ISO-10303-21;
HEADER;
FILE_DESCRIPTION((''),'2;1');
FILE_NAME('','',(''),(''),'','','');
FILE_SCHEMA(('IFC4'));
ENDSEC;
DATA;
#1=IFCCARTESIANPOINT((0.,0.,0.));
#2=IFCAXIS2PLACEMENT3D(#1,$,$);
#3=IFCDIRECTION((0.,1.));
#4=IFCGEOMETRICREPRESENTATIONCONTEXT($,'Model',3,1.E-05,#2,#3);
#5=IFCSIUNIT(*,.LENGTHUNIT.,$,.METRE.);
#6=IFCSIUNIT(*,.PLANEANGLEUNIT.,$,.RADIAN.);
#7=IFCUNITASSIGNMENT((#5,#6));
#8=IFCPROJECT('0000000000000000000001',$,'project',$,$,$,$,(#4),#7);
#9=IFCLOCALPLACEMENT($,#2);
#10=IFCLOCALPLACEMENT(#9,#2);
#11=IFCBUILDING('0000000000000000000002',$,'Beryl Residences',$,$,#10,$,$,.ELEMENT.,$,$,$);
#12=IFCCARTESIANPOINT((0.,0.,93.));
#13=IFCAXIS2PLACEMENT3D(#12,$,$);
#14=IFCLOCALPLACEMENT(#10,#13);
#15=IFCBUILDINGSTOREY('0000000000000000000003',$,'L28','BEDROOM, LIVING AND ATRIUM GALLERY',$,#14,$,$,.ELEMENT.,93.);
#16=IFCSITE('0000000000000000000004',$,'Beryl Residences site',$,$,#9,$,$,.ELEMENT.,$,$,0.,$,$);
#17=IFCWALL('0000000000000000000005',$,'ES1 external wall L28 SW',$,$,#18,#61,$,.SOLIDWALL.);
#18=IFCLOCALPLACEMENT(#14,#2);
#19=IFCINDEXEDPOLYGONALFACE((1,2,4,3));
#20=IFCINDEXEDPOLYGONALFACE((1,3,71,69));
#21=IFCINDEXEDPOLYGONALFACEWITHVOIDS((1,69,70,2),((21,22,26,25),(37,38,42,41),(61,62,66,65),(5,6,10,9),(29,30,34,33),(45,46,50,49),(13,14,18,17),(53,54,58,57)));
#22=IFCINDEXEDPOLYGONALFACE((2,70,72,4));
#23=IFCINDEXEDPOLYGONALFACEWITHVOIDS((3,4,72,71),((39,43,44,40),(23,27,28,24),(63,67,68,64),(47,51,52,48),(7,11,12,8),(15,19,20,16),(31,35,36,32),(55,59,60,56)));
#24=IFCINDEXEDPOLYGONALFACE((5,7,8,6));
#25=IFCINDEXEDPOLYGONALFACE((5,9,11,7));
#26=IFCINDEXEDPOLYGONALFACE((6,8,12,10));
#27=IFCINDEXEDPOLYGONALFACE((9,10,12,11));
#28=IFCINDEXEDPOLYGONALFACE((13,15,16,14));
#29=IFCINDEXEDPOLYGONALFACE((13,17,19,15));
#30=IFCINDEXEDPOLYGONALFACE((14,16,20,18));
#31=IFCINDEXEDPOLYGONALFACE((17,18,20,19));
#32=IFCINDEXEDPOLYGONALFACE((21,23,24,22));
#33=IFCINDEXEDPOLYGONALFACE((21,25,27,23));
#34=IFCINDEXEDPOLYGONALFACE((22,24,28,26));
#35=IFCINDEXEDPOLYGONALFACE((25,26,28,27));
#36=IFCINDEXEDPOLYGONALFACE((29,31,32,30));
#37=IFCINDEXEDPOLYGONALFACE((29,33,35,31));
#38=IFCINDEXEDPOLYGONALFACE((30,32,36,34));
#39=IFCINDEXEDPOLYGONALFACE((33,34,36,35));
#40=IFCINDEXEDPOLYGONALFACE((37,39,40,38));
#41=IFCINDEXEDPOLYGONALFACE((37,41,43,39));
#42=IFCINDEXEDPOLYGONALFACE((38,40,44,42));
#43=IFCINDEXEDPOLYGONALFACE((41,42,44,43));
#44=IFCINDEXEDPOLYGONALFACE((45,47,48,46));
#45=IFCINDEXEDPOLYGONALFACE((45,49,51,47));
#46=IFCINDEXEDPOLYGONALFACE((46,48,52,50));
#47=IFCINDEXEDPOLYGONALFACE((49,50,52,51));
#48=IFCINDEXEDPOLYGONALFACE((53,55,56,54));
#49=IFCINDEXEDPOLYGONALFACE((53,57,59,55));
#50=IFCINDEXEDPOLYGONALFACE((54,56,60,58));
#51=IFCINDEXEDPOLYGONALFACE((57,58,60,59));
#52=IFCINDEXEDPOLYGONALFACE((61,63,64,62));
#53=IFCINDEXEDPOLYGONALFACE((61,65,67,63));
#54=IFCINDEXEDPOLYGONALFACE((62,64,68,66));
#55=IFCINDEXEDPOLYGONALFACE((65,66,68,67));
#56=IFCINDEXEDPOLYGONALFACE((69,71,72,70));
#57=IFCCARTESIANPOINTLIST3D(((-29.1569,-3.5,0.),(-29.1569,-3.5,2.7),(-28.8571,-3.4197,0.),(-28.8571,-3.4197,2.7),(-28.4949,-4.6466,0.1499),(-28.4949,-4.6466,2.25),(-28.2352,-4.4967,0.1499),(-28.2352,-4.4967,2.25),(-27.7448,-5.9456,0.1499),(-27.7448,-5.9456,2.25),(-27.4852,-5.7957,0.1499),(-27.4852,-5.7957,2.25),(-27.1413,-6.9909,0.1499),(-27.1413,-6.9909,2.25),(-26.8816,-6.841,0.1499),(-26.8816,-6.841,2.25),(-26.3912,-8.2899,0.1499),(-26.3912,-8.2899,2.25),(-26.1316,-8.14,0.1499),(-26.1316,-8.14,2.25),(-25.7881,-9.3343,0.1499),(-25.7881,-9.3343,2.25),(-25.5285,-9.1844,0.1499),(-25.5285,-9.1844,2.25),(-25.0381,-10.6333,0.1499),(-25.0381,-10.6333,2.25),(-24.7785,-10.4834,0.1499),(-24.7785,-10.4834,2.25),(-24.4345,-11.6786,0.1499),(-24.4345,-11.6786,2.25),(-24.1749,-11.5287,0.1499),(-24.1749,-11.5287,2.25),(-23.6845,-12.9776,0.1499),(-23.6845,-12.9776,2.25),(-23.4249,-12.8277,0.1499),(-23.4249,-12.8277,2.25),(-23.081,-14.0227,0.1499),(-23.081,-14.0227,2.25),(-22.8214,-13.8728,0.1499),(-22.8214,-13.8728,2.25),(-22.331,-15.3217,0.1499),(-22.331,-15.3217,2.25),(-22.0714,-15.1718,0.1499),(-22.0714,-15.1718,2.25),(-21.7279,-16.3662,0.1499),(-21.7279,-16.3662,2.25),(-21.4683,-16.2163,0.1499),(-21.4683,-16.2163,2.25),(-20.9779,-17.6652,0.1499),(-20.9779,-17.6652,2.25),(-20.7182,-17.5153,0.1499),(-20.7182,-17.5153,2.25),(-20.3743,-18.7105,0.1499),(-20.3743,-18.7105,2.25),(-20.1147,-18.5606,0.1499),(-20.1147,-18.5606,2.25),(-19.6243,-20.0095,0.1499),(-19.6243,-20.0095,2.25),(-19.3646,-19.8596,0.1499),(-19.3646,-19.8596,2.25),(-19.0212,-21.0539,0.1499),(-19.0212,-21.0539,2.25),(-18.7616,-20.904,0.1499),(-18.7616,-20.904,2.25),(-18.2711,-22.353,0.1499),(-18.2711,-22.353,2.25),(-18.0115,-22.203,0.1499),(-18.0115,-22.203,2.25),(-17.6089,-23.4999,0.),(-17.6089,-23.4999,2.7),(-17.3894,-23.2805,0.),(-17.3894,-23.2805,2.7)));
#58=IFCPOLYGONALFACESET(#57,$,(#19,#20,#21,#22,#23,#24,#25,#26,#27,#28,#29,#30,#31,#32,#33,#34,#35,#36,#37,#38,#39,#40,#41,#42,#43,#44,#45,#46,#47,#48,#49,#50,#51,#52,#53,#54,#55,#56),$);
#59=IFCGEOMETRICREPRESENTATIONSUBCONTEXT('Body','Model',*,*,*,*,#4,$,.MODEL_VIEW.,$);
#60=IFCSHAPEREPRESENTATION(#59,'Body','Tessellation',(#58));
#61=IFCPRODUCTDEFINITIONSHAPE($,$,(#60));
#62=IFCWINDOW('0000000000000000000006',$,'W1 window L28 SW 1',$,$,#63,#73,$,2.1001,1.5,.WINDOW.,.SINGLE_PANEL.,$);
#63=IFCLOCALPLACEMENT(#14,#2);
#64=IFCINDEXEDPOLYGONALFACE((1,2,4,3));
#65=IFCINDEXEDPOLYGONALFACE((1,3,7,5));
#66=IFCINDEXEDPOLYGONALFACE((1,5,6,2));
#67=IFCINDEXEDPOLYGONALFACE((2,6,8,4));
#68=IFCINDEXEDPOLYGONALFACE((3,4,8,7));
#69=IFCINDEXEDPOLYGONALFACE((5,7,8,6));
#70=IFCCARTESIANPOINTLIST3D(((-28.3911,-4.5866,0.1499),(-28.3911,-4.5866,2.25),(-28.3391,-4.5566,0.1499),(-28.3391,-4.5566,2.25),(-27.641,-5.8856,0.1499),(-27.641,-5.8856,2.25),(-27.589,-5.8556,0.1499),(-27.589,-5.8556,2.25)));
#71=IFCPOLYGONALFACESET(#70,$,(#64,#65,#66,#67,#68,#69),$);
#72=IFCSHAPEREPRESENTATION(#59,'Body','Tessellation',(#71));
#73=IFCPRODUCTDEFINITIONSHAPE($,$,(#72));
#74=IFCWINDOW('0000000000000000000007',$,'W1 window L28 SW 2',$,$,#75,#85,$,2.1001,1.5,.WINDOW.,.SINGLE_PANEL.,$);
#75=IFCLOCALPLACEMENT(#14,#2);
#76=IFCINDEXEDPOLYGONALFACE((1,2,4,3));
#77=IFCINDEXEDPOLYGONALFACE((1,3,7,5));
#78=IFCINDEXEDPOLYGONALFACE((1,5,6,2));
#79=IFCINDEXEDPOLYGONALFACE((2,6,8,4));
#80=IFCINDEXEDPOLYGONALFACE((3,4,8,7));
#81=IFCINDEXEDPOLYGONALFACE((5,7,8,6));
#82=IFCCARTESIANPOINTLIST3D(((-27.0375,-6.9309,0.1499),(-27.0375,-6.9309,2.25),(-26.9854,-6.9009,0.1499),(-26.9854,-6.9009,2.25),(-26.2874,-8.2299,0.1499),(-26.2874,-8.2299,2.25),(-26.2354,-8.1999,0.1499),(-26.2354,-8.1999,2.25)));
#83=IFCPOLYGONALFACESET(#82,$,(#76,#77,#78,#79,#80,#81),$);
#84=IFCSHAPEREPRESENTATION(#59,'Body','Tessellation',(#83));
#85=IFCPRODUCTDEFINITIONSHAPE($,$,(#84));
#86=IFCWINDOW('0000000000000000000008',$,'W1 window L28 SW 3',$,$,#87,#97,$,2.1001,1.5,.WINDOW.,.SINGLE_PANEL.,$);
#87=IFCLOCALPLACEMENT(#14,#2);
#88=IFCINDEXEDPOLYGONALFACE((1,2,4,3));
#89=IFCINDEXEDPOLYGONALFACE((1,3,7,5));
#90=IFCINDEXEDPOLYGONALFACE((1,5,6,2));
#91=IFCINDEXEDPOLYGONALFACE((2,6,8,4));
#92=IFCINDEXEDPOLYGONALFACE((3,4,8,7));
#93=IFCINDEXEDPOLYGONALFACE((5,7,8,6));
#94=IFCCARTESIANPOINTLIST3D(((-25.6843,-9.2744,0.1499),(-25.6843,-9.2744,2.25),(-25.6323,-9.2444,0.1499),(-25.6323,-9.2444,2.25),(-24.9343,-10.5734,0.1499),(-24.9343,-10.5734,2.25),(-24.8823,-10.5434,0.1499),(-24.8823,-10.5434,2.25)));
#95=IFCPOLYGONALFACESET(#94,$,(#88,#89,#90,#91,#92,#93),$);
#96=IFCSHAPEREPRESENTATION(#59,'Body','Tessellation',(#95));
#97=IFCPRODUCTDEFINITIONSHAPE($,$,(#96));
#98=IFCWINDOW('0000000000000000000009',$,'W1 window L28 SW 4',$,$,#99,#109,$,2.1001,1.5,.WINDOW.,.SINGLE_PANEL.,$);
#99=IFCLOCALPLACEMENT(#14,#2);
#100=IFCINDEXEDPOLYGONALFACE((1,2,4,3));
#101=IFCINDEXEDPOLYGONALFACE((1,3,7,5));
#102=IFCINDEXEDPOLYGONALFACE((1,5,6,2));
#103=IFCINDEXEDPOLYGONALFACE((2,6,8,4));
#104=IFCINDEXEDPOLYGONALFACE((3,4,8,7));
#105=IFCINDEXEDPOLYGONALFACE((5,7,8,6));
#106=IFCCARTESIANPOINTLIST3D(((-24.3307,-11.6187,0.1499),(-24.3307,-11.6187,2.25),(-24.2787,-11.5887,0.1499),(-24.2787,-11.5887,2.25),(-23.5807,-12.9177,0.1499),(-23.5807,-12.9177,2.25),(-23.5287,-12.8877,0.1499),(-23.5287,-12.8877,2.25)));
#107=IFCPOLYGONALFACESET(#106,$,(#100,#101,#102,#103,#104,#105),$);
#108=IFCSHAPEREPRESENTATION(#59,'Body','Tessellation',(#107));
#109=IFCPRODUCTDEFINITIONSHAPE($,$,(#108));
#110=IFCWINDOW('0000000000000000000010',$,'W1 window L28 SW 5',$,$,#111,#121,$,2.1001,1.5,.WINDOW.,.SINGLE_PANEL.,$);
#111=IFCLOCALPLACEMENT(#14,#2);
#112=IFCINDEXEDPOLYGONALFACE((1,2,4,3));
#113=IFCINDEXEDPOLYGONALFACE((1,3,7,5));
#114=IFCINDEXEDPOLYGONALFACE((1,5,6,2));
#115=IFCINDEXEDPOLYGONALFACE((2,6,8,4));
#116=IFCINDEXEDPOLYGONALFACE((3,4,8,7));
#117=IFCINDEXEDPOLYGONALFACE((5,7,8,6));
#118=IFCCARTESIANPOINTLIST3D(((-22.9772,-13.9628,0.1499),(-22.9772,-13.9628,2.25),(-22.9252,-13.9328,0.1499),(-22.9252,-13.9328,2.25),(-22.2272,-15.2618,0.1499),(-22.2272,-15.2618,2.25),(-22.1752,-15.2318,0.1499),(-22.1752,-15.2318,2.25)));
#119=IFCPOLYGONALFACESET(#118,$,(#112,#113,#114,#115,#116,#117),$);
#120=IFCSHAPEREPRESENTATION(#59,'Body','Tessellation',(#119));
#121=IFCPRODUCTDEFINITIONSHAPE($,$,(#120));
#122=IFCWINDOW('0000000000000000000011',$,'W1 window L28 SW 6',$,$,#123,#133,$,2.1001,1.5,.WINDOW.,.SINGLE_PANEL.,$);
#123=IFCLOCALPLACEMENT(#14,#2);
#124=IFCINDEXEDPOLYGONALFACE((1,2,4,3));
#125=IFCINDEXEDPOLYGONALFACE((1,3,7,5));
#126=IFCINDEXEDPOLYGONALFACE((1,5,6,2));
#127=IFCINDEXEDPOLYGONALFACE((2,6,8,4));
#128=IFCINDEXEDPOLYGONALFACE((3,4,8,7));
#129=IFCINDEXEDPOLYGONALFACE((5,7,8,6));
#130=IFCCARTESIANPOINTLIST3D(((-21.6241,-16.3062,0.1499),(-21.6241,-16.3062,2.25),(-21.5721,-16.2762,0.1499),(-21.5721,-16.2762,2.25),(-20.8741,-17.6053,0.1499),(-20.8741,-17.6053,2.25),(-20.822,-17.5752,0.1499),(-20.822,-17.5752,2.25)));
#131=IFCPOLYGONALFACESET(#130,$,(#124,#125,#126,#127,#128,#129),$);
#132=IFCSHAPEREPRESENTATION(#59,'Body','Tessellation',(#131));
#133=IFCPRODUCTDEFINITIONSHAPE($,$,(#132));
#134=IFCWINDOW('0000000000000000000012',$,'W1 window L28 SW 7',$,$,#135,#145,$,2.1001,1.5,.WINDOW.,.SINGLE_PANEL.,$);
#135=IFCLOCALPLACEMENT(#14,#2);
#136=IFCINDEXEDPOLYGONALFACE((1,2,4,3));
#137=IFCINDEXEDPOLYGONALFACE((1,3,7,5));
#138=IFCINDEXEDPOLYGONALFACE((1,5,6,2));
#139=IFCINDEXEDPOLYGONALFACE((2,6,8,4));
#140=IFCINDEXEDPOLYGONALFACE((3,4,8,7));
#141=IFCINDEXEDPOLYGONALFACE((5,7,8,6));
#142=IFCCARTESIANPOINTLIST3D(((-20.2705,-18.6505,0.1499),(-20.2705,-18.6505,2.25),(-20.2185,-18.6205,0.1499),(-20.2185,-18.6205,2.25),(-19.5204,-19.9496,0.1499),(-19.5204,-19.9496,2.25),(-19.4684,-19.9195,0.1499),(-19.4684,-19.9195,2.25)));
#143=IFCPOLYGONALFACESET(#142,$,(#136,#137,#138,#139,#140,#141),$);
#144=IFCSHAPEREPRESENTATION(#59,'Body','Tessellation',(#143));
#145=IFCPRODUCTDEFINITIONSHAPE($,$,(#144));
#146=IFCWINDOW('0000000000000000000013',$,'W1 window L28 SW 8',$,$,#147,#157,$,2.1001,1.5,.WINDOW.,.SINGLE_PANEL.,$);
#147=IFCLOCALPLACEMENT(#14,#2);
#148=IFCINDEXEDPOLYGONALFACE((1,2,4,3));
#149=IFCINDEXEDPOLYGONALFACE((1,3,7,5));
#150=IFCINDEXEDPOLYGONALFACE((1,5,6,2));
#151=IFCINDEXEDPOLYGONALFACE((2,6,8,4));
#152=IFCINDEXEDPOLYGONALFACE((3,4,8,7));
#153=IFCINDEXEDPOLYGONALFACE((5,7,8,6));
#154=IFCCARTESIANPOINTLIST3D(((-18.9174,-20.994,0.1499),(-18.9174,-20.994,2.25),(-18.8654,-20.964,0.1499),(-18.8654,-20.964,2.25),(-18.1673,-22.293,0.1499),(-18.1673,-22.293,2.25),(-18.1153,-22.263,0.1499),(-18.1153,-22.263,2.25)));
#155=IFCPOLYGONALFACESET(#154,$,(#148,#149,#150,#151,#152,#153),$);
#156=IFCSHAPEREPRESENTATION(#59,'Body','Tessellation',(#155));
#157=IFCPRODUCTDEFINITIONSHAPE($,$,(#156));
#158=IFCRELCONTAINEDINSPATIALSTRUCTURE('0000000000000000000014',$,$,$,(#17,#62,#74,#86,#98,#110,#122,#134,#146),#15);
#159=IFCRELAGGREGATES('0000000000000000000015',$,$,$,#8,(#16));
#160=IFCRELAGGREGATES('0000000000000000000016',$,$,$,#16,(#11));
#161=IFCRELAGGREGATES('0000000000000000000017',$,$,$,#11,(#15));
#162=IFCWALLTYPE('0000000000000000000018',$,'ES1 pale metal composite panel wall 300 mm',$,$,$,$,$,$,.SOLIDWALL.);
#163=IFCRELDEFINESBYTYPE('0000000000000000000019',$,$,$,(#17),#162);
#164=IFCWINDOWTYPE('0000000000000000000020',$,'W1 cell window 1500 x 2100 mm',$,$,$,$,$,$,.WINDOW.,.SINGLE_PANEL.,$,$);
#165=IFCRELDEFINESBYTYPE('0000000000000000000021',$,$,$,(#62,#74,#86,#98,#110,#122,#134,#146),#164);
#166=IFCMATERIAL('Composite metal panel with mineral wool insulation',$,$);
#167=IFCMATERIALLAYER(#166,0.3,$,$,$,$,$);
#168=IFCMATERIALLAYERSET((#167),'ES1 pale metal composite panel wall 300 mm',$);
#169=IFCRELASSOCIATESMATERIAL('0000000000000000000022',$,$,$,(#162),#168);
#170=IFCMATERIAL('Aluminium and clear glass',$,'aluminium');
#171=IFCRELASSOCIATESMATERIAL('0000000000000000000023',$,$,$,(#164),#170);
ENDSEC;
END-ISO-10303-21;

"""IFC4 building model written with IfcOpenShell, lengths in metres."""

from ifc_helpers import new_model, si_unit, direction, frame, frame_2d, origin, place, context, subcontext, project, spatial, polyline, rectangle, outline, extrude, material, layer, layer_set, type_object, element, fill, save


model = new_model("IFC4")

# Units and contexts
model_context = context("Model", 3, precision=1e-05, world=origin(), true_north=direction((0.0, 1.0)))
body_context = subcontext(model_context, "Body", "Model", "MODEL_VIEW")
ifc_project = project(units=[si_unit("LENGTHUNIT", "METRE"), si_unit("PLANEANGLEUNIT", "RADIAN")], contexts=[model_context])

# Site, building, storey
site_placement = place(None, origin())
site = spatial("IfcSite", under=ifc_project, at=site_placement, Name="Beryl Residences site", CompositionType="ELEMENT", RefElevation=0.0)
building_placement = place(site_placement, origin())
building = spatial("IfcBuilding", under=site, at=building_placement, Name="Beryl Residences", CompositionType="ELEMENT")
storey_placement = place(building_placement, frame((0.0, 0.0, 93.0)))
storey = spatial("IfcBuildingStorey", under=building, at=storey_placement, Name="L28", Description="BEDROOM, LIVING AND ATRIUM GALLERY", CompositionType="ELEMENT", Elevation=93.0)

# Wall, openings, windows
ifc_material_1 = material(Name="Composite metal panel with mineral wool insulation")
ifc_layer_1 = layer(ifc_material_1, 0.3)
ifc_layer_set_1 = layer_set([ifc_layer_1], Name="ES1 pale metal composite panel wall 300 mm")
wall_type_1 = type_object("IfcWallType", Name="ES1 pale metal composite panel wall 300 mm", PredefinedType="SOLIDWALL", material=ifc_layer_set_1)
wall_1_placement = place(storey_placement, frame((-29.0271, -3.425, 0.0), z_axis=(0.0, 0.0, 1.0), x_axis=(0.500035, -0.866005, 0.0)))
wall_1 = element("IfcWall", 1, at=wall_1_placement, inside=storey, type_object=wall_type_1, Name="ES1 external wall L28 SW", PredefinedType="SOLIDWALL", context=body_context, shape_type="SweptSolid", body=[
    extrude(outline(polyline([(0.0, -0.1499), (23.0945, -0.1499), (23.0142, 0.1499), (0.0803, 0.1499), (0.0, -0.1499)])), origin(), (0.0, 0.0, 1.0), 2.7),
])
opening_1_placement = place(wall_1_placement, frame((1.324, 0.0, 0.1499)))
opening_1 = element("IfcOpeningElement", 2, at=opening_1_placement, cuts=wall_1, PredefinedType="OPENING", context=body_context, shape_type="SweptSolid", body=[
    extrude(rectangle(XDim=1.5, YDim=2.1001, at=frame_2d((0.75, 1.05))), frame((0.0, 0.1599, 0.0), z_axis=(0.0, -1.0, 0.0), x_axis=(1.0, 0.0, 0.0)), (0.0, 0.0, 1.0), 0.3201),
])
opening_2_placement = place(wall_1_placement, frame((4.031, 0.0, 0.1499)))
opening_2 = element("IfcOpeningElement", 3, at=opening_2_placement, cuts=wall_1, PredefinedType="OPENING", context=body_context, shape_type="SweptSolid", body=[
    extrude(rectangle(XDim=1.5, YDim=2.1001, at=frame_2d((0.75, 1.05))), frame((0.0, 0.1599, 0.0), z_axis=(0.0, -1.0, 0.0), x_axis=(1.0, 0.0, 0.0)), (0.0, 0.0, 1.0), 0.3201),
])
opening_3_placement = place(wall_1_placement, frame((6.7371, 0.0, 0.1499)))
opening_3 = element("IfcOpeningElement", 4, at=opening_3_placement, cuts=wall_1, PredefinedType="OPENING", context=body_context, shape_type="SweptSolid", body=[
    extrude(rectangle(XDim=1.5, YDim=2.1001, at=frame_2d((0.75, 1.05))), frame((0.0, 0.1599, 0.0), z_axis=(0.0, -1.0, 0.0), x_axis=(1.0, 0.0, 0.0)), (0.0, 0.0, 1.0), 0.3201),
])
opening_4_placement = place(wall_1_placement, frame((9.4441, 0.0, 0.1499)))
opening_4 = element("IfcOpeningElement", 5, at=opening_4_placement, cuts=wall_1, PredefinedType="OPENING", context=body_context, shape_type="SweptSolid", body=[
    extrude(rectangle(XDim=1.5, YDim=2.1001, at=frame_2d((0.75, 1.05))), frame((0.0, 0.1599, 0.0), z_axis=(0.0, -1.0, 0.0), x_axis=(1.0, 0.0, 0.0)), (0.0, 0.0, 1.0), 0.3201),
])
opening_5_placement = place(wall_1_placement, frame((12.1509, 0.0, 0.1499)))
opening_5 = element("IfcOpeningElement", 6, at=opening_5_placement, cuts=wall_1, PredefinedType="OPENING", context=body_context, shape_type="SweptSolid", body=[
    extrude(rectangle(XDim=1.5, YDim=2.1001, at=frame_2d((0.75, 1.05))), frame((0.0, 0.1599, 0.0), z_axis=(0.0, -1.0, 0.0), x_axis=(1.0, 0.0, 0.0)), (0.0, 0.0, 1.0), 0.3201),
])
opening_6_placement = place(wall_1_placement, frame((14.8569, 0.0, 0.1499)))
opening_6 = element("IfcOpeningElement", 7, at=opening_6_placement, cuts=wall_1, PredefinedType="OPENING", context=body_context, shape_type="SweptSolid", body=[
    extrude(rectangle(XDim=1.5, YDim=2.1001, at=frame_2d((0.75, 1.05))), frame((0.0, 0.1599, 0.0), z_axis=(0.0, -1.0, 0.0), x_axis=(1.0, 0.0, 0.0)), (0.0, 0.0, 1.0), 0.3201),
])
opening_7_placement = place(wall_1_placement, frame((17.564, 0.0, 0.1499)))
opening_7 = element("IfcOpeningElement", 8, at=opening_7_placement, cuts=wall_1, PredefinedType="OPENING", context=body_context, shape_type="SweptSolid", body=[
    extrude(rectangle(XDim=1.5, YDim=2.1001, at=frame_2d((0.75, 1.05))), frame((0.0, 0.1599, 0.0), z_axis=(0.0, -1.0, 0.0), x_axis=(1.0, 0.0, 0.0)), (0.0, 0.0, 1.0), 0.3201),
])
opening_8_placement = place(wall_1_placement, frame((20.27, 0.0, 0.1499)))
opening_8 = element("IfcOpeningElement", 9, at=opening_8_placement, cuts=wall_1, PredefinedType="OPENING", context=body_context, shape_type="SweptSolid", body=[
    extrude(rectangle(XDim=1.5, YDim=2.1001, at=frame_2d((0.75, 1.05))), frame((0.0, 0.1599, 0.0), z_axis=(0.0, -1.0, 0.0), x_axis=(1.0, 0.0, 0.0)), (0.0, 0.0, 1.0), 0.3201),
])
ifc_material_2 = material(Name="Aluminium and clear glass", Category="aluminium")
window_type = type_object("IfcWindowType", Name="W1 cell window 1500 x 2100 mm", PartitioningType="SINGLE_PANEL", PredefinedType="WINDOW", material=ifc_material_2)
window_1_placement = place(opening_1_placement, origin())
window_1 = element("IfcWindow", 10, at=window_1_placement, inside=storey, type_object=window_type, Name="W1 window L28 SW 1", OverallHeight=2.1001, OverallWidth=1.5, PartitioningType="SINGLE_PANEL", PredefinedType="WINDOW", context=body_context, shape_type="SweptSolid", body=[
    extrude(rectangle(XDim=1.5, YDim=2.1001, at=frame_2d((0.75, 1.05))), frame((0.0, 0.03, 0.0), z_axis=(0.0, -1.0, 0.0), x_axis=(1.0, 0.0, 0.0)), (0.0, 0.0, 1.0), 0.0601),
])
fill(opening_1, window_1)
window_2_placement = place(opening_2_placement, origin())
window_2 = element("IfcWindow", 11, at=window_2_placement, inside=storey, type_object=window_type, Name="W1 window L28 SW 2", OverallHeight=2.1001, OverallWidth=1.5, PartitioningType="SINGLE_PANEL", PredefinedType="WINDOW", context=body_context, shape_type="SweptSolid", body=[
    extrude(rectangle(XDim=1.5, YDim=2.1001, at=frame_2d((0.75, 1.05))), frame((0.0, 0.03, 0.0), z_axis=(0.0, -1.0, 0.0), x_axis=(1.0, 0.0, 0.0)), (0.0, 0.0, 1.0), 0.0601),
])
fill(opening_2, window_2)
window_3_placement = place(opening_3_placement, origin())
window_3 = element("IfcWindow", 12, at=window_3_placement, inside=storey, type_object=window_type, Name="W1 window L28 SW 3", OverallHeight=2.1001, OverallWidth=1.5, PartitioningType="SINGLE_PANEL", PredefinedType="WINDOW", context=body_context, shape_type="SweptSolid", body=[
    extrude(rectangle(XDim=1.5, YDim=2.1001, at=frame_2d((0.75, 1.05))), frame((0.0, 0.03, 0.0), z_axis=(0.0, -1.0, 0.0), x_axis=(1.0, 0.0, 0.0)), (0.0, 0.0, 1.0), 0.0601),
])
fill(opening_3, window_3)
window_4_placement = place(opening_4_placement, origin())
window_4 = element("IfcWindow", 13, at=window_4_placement, inside=storey, type_object=window_type, Name="W1 window L28 SW 4", OverallHeight=2.1001, OverallWidth=1.5, PartitioningType="SINGLE_PANEL", PredefinedType="WINDOW", context=body_context, shape_type="SweptSolid", body=[
    extrude(rectangle(XDim=1.5, YDim=2.1001, at=frame_2d((0.75, 1.05))), frame((0.0, 0.03, 0.0), z_axis=(0.0, -1.0, 0.0), x_axis=(1.0, 0.0, 0.0)), (0.0, 0.0, 1.0), 0.0601),
])
fill(opening_4, window_4)
window_5_placement = place(opening_5_placement, origin())
window_5 = element("IfcWindow", 14, at=window_5_placement, inside=storey, type_object=window_type, Name="W1 window L28 SW 5", OverallHeight=2.1001, OverallWidth=1.5, PartitioningType="SINGLE_PANEL", PredefinedType="WINDOW", context=body_context, shape_type="SweptSolid", body=[
    extrude(rectangle(XDim=1.5, YDim=2.1001, at=frame_2d((0.75, 1.05))), frame((0.0, 0.03, 0.0), z_axis=(0.0, -1.0, 0.0), x_axis=(1.0, 0.0, 0.0)), (0.0, 0.0, 1.0), 0.0601),
])
fill(opening_5, window_5)
window_6_placement = place(opening_6_placement, origin())
window_6 = element("IfcWindow", 15, at=window_6_placement, inside=storey, type_object=window_type, Name="W1 window L28 SW 6", OverallHeight=2.1001, OverallWidth=1.5, PartitioningType="SINGLE_PANEL", PredefinedType="WINDOW", context=body_context, shape_type="SweptSolid", body=[
    extrude(rectangle(XDim=1.5, YDim=2.1001, at=frame_2d((0.75, 1.05))), frame((0.0, 0.03, 0.0), z_axis=(0.0, -1.0, 0.0), x_axis=(1.0, 0.0, 0.0)), (0.0, 0.0, 1.0), 0.0601),
])
fill(opening_6, window_6)
window_7_placement = place(opening_7_placement, origin())
window_7 = element("IfcWindow", 16, at=window_7_placement, inside=storey, type_object=window_type, Name="W1 window L28 SW 7", OverallHeight=2.1001, OverallWidth=1.5, PartitioningType="SINGLE_PANEL", PredefinedType="WINDOW", context=body_context, shape_type="SweptSolid", body=[
    extrude(rectangle(XDim=1.5, YDim=2.1001, at=frame_2d((0.75, 1.05))), frame((0.0, 0.03, 0.0), z_axis=(0.0, -1.0, 0.0), x_axis=(1.0, 0.0, 0.0)), (0.0, 0.0, 1.0), 0.0601),
])
fill(opening_7, window_7)
window_8_placement = place(opening_8_placement, origin())
window_8 = element("IfcWindow", 17, at=window_8_placement, inside=storey, type_object=window_type, Name="W1 window L28 SW 8", OverallHeight=2.1001, OverallWidth=1.5, PartitioningType="SINGLE_PANEL", PredefinedType="WINDOW", context=body_context, shape_type="SweptSolid", body=[
    extrude(rectangle(XDim=1.5, YDim=2.1001, at=frame_2d((0.75, 1.05))), frame((0.0, 0.03, 0.0), z_axis=(0.0, -1.0, 0.0), x_axis=(1.0, 0.0, 0.0)), (0.0, 0.0, 1.0), 0.0601),
])
fill(opening_8, window_8)

save(model, "model.ifc")
